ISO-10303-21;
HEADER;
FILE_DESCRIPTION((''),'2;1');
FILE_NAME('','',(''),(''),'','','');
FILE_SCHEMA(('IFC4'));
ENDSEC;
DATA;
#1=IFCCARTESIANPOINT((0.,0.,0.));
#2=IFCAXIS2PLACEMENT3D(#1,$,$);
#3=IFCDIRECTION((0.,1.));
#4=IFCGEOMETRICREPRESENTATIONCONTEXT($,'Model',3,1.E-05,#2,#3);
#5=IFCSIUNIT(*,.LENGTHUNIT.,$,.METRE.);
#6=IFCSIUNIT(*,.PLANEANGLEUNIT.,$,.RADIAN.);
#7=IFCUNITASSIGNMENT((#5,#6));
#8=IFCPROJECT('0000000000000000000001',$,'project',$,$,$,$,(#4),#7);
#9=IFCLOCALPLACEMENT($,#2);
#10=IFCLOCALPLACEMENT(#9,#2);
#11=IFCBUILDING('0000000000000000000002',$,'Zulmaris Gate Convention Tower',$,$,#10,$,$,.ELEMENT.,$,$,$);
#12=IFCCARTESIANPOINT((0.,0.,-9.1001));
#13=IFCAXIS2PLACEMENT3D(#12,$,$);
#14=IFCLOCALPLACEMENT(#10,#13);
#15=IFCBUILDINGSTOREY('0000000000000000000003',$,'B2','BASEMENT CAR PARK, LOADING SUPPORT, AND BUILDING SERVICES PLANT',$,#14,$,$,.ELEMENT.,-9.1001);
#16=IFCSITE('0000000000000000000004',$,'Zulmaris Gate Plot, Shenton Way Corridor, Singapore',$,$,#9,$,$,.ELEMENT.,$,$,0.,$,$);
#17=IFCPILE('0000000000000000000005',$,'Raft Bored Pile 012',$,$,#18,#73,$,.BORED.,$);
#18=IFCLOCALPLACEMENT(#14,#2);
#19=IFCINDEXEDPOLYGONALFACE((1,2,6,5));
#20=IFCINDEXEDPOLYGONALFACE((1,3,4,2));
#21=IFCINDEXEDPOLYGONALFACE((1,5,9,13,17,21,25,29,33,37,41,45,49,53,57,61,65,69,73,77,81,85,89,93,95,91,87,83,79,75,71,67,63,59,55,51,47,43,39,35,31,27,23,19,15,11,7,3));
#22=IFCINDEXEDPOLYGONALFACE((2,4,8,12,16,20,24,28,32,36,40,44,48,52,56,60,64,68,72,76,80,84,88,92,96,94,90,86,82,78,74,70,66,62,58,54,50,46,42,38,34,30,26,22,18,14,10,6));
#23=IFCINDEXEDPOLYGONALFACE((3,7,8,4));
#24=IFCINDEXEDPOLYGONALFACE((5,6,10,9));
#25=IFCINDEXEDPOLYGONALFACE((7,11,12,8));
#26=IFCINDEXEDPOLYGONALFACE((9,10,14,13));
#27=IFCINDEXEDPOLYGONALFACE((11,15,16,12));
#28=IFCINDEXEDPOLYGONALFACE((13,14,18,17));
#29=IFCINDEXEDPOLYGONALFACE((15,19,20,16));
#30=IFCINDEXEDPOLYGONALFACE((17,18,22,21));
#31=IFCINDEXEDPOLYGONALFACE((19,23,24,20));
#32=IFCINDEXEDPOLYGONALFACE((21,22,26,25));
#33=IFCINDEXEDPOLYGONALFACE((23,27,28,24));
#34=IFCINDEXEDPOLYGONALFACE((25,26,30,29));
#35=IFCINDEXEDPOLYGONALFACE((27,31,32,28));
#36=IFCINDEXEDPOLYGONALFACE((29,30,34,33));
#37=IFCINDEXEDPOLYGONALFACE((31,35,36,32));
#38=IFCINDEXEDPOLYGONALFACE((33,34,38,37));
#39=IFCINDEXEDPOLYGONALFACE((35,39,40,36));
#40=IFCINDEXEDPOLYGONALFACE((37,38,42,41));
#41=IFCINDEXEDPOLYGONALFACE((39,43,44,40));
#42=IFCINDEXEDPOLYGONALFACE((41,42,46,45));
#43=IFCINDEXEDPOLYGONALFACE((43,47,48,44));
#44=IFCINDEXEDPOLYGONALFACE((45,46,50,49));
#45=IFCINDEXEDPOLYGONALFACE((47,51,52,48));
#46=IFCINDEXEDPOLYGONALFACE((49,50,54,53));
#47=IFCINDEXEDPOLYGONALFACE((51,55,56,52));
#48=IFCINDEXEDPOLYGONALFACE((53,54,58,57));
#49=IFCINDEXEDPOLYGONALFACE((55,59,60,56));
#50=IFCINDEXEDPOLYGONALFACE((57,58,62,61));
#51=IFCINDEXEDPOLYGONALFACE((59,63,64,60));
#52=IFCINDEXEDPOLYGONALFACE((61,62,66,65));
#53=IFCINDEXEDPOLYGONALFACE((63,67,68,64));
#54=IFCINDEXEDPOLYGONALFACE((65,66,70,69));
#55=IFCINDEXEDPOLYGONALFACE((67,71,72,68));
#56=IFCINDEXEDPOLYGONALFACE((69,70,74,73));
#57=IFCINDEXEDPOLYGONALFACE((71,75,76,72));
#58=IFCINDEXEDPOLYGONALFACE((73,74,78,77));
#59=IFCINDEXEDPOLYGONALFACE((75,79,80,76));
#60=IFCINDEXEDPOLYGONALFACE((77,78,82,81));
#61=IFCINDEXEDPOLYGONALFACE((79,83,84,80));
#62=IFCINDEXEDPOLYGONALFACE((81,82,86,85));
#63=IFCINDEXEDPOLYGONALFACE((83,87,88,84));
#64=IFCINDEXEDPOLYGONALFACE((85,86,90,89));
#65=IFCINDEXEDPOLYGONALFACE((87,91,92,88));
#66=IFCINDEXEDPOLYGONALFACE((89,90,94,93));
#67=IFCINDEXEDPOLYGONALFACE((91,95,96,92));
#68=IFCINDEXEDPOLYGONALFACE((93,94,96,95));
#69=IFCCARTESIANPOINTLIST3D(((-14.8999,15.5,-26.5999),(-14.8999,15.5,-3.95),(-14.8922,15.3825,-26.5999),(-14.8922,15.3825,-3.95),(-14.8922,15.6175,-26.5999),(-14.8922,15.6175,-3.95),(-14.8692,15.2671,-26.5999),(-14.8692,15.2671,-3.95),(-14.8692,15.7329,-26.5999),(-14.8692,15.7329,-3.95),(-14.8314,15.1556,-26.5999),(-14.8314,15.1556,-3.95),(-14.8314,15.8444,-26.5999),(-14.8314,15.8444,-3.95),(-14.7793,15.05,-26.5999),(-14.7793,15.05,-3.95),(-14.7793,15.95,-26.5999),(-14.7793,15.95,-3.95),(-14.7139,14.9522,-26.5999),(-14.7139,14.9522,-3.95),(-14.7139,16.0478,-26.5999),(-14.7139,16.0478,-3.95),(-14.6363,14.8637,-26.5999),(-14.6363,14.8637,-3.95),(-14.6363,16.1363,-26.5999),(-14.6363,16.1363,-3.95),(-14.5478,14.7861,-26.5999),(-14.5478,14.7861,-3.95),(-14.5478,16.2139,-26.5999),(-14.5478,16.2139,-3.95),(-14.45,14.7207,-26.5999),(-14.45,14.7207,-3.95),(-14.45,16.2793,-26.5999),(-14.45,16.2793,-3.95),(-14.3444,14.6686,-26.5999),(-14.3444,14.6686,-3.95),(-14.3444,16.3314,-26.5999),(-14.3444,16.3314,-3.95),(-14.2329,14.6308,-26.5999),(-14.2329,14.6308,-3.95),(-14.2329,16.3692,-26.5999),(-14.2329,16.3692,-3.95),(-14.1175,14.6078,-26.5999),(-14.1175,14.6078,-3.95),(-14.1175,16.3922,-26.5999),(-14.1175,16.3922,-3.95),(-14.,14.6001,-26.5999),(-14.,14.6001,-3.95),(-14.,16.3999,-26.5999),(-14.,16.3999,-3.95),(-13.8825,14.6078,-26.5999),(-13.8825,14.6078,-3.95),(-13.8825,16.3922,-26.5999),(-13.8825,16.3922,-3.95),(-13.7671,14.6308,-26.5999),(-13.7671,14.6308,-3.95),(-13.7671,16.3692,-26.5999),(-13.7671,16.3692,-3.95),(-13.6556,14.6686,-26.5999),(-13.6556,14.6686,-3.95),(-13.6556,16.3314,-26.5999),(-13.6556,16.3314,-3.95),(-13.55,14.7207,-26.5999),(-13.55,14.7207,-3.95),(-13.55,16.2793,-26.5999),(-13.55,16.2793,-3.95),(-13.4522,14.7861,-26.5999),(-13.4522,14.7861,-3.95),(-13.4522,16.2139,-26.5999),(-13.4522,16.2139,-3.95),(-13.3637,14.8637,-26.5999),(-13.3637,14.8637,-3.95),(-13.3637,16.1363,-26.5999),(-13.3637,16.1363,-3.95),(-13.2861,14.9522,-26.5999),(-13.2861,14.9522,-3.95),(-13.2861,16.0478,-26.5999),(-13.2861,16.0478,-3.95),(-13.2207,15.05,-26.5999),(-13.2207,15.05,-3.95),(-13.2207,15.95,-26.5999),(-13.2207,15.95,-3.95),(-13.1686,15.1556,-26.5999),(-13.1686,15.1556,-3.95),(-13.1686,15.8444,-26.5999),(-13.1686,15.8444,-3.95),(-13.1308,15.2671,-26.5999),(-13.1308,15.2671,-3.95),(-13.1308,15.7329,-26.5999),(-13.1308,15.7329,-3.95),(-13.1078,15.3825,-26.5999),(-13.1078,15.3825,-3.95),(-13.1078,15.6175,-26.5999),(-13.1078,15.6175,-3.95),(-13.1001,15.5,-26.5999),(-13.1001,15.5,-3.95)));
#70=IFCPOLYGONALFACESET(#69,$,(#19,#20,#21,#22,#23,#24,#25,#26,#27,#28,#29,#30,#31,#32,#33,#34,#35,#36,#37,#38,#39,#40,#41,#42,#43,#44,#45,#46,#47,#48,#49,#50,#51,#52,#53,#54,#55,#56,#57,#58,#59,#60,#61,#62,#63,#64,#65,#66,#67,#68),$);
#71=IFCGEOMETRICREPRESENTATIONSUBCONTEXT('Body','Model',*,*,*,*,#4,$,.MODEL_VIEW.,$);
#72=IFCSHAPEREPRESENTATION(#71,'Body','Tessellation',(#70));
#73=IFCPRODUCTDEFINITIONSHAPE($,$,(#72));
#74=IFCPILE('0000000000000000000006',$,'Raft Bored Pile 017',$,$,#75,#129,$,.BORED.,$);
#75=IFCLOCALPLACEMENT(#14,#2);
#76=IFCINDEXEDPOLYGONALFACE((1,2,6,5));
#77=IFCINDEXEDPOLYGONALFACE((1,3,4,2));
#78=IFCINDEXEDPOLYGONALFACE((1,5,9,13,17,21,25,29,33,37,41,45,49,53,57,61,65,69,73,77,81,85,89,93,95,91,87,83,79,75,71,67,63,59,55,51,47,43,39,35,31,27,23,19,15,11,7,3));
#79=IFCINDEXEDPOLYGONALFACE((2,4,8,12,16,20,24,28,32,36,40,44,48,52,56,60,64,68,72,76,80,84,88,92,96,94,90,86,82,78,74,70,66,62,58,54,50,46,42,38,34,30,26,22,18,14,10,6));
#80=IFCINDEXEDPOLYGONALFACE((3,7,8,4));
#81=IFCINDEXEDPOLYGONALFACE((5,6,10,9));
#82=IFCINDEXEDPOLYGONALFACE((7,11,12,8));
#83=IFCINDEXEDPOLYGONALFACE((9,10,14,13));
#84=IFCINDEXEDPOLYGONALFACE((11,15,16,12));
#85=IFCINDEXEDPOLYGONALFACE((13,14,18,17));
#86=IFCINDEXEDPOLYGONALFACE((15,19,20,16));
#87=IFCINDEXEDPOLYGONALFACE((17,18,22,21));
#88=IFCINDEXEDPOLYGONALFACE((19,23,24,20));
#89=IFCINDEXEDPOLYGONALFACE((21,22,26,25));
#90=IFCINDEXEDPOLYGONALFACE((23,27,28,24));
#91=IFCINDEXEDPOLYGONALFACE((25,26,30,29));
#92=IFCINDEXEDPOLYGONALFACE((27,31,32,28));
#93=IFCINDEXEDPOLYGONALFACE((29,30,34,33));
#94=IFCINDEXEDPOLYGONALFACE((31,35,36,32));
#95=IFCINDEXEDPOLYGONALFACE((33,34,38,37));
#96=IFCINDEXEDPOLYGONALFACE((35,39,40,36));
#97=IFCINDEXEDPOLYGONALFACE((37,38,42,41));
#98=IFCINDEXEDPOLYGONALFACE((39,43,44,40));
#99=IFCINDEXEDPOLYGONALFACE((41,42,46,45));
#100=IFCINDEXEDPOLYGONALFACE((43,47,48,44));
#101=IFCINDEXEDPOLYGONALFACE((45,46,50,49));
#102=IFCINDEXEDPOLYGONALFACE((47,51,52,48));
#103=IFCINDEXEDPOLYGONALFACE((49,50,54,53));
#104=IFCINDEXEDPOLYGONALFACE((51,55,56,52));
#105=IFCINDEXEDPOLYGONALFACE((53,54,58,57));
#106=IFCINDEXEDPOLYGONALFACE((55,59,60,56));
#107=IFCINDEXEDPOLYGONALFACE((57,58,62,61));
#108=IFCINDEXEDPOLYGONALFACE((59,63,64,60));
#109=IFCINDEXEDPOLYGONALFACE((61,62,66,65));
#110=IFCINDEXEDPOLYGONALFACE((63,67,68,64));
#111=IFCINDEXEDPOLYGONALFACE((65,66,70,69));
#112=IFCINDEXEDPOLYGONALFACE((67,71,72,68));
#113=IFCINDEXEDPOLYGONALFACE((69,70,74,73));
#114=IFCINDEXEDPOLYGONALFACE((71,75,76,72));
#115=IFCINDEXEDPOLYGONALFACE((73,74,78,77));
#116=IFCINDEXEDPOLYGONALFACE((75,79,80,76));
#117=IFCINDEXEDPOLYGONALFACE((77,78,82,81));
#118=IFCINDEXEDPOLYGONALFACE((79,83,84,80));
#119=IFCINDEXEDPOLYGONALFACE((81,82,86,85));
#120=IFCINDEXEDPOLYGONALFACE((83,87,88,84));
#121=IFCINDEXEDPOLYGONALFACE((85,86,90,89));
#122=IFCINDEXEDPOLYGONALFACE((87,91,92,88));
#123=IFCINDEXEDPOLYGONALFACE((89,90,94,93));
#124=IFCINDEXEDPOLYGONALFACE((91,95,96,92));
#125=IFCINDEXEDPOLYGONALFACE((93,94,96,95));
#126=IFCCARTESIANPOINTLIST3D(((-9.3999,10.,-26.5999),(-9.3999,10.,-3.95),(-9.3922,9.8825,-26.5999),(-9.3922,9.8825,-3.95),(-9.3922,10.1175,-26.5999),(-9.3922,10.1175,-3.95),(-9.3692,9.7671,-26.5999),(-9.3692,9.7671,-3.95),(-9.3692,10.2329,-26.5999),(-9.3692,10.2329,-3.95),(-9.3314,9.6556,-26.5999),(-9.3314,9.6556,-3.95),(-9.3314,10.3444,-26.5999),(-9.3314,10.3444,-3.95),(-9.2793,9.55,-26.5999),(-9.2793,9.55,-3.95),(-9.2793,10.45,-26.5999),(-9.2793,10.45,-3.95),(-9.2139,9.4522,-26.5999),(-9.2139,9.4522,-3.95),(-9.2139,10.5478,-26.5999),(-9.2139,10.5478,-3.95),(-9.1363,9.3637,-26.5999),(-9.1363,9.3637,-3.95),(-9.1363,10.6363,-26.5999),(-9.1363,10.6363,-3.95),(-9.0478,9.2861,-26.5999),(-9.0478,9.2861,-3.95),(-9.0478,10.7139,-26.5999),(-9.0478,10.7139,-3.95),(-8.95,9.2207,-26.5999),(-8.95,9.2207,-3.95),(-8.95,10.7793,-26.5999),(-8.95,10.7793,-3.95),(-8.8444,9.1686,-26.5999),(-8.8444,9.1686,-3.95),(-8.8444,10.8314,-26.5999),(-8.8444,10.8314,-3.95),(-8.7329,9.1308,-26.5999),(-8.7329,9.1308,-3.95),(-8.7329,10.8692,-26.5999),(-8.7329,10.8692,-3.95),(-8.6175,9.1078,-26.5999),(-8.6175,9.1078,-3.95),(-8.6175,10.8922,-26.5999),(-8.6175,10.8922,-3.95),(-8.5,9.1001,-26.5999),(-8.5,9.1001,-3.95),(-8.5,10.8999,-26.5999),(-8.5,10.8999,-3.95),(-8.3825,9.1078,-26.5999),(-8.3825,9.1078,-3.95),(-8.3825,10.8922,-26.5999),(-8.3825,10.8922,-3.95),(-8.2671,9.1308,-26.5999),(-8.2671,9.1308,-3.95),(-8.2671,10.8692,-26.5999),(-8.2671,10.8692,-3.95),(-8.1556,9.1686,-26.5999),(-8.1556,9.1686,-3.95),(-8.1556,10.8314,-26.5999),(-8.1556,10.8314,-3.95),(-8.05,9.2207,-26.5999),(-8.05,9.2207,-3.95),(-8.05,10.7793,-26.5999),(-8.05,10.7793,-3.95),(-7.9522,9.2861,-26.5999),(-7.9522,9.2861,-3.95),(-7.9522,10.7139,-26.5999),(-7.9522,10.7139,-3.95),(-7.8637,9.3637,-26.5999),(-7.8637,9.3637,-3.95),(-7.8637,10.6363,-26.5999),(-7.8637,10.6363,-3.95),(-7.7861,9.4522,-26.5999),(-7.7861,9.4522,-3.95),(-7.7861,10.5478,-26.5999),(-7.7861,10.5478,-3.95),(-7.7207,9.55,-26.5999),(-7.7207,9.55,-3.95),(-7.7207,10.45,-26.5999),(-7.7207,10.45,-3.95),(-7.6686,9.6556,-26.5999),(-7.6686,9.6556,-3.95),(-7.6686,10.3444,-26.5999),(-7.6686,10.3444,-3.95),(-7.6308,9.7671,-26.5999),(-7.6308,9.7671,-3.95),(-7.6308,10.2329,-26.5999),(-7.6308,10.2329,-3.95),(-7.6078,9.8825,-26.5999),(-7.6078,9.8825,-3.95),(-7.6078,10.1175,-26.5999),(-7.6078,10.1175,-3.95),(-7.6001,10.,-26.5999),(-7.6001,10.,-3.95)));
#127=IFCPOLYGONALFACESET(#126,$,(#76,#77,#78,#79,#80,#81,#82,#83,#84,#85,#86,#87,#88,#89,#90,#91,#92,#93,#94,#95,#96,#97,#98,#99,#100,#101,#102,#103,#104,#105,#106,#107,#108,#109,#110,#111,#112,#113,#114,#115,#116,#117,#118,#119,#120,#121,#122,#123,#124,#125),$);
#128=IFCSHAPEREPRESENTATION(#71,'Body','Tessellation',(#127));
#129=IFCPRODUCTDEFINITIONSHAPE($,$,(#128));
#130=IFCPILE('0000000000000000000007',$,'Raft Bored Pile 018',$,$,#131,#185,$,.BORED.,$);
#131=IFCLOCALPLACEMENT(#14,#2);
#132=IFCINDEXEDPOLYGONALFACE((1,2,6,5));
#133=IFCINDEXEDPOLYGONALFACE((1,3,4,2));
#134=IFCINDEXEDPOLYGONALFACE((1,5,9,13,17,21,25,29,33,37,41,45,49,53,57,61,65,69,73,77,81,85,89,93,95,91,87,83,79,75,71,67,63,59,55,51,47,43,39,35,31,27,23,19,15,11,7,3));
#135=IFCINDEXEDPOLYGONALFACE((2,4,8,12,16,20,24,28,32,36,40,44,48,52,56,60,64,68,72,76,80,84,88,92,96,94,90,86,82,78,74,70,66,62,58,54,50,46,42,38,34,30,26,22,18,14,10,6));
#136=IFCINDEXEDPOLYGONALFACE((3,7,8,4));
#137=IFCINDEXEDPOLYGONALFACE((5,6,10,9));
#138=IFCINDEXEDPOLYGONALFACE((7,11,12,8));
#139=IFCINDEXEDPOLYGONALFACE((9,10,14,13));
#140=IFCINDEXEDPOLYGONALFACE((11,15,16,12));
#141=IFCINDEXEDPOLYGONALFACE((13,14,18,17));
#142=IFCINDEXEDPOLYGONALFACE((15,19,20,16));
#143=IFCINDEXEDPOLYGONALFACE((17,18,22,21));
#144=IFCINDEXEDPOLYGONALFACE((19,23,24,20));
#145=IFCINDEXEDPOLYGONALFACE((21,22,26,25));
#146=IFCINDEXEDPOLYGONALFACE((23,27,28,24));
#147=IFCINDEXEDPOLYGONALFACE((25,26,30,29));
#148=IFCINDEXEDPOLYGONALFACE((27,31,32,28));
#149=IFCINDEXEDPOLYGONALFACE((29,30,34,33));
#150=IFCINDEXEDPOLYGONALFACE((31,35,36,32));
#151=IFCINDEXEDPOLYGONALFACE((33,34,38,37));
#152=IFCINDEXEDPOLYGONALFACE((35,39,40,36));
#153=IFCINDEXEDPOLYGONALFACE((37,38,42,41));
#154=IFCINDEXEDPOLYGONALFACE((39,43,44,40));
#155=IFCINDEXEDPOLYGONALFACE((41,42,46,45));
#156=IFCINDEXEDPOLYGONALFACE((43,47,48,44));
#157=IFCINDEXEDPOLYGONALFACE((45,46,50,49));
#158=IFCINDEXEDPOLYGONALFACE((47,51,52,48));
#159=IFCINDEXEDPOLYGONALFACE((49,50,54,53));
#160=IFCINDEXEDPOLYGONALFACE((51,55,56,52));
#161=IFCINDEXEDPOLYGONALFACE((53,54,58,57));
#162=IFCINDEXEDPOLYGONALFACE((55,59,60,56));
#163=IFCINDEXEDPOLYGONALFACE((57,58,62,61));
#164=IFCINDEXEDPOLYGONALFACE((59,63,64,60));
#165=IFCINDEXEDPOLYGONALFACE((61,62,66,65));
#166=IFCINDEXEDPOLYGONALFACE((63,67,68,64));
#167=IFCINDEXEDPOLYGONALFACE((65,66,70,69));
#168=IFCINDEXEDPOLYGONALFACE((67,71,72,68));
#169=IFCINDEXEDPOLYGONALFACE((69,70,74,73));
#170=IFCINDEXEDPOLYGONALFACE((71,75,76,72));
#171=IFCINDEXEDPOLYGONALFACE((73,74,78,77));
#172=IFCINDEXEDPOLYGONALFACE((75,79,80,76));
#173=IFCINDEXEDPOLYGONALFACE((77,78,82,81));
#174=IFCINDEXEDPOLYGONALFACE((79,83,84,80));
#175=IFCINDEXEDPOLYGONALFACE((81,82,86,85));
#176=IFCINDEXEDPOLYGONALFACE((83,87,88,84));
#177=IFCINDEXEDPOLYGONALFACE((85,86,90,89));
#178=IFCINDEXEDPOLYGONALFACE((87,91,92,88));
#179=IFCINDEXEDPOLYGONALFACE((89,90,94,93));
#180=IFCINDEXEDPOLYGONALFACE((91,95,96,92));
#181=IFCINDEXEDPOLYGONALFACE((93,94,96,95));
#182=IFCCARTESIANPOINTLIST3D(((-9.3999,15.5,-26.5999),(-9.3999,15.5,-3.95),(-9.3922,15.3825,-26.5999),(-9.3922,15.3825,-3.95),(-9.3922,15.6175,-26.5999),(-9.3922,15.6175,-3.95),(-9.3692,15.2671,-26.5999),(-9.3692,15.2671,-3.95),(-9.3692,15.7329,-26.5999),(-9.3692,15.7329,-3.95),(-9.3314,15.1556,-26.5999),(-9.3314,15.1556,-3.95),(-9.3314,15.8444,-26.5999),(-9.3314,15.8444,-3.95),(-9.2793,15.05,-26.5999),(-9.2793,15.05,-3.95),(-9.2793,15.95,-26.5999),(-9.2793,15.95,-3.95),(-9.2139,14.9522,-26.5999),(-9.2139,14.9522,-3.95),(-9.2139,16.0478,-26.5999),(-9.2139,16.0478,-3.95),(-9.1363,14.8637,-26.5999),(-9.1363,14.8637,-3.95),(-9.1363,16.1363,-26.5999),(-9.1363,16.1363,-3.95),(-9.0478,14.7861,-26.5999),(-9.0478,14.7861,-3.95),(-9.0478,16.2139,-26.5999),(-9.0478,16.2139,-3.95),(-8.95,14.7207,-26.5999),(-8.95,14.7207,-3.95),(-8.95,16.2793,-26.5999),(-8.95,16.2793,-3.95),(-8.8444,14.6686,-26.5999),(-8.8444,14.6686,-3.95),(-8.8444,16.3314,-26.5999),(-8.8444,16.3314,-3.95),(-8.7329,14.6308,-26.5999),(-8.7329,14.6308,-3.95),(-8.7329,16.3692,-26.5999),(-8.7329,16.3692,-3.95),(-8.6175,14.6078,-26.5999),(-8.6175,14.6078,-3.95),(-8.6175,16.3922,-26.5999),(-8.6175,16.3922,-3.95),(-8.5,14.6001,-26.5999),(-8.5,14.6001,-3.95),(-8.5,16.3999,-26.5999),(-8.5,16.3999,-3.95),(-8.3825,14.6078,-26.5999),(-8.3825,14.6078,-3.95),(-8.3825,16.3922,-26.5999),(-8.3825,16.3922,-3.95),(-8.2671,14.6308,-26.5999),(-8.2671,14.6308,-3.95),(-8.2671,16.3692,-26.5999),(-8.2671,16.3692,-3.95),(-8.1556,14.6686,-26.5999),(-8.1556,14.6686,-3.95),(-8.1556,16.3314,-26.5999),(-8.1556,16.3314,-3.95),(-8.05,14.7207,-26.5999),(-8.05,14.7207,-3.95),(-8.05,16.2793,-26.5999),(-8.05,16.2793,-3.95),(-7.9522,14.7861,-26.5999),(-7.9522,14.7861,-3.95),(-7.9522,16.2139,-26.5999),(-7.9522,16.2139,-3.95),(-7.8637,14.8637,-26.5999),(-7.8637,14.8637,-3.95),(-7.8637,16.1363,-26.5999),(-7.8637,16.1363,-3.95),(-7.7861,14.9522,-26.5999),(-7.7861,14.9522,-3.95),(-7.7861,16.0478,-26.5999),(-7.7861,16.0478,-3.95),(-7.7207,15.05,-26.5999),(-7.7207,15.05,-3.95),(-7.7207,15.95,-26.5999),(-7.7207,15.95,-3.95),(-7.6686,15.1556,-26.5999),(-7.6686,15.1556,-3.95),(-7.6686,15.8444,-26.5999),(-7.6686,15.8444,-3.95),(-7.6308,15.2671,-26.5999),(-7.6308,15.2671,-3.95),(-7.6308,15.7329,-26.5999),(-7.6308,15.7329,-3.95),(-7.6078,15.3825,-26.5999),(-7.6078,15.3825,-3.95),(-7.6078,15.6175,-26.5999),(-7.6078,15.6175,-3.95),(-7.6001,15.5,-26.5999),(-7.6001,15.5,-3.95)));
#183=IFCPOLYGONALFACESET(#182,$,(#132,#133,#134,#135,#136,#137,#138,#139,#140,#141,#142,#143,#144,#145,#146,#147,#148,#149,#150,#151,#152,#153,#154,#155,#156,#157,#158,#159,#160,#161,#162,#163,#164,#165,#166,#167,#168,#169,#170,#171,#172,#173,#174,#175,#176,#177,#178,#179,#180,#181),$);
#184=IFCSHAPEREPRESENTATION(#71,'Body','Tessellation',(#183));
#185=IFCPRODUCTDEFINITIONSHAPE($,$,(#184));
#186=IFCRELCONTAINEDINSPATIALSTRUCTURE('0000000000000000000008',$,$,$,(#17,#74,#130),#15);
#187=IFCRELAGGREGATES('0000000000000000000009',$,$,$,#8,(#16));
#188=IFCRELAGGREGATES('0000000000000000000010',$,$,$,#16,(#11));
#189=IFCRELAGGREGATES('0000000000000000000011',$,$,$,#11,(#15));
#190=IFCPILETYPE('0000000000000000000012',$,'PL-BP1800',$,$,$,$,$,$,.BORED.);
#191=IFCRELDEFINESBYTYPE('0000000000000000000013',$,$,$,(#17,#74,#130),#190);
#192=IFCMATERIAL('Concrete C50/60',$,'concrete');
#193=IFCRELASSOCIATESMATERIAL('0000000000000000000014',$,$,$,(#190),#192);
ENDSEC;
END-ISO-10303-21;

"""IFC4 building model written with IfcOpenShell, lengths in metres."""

from ifc_helpers import new_model, si_unit, direction, frame, origin, origin_2d, place, context, subcontext, project, spatial, circle, extrude, material, material_profile, profile_set, type_object, element, save


model = new_model("IFC4")

# Units and contexts
model_context = context("Model", 3, precision=1e-05, world=origin(), true_north=direction((0.0, 1.0)))
body_context = subcontext(model_context, "Body", "Model", "MODEL_VIEW")
ifc_project = project(units=[si_unit("LENGTHUNIT", "METRE"), si_unit("PLANEANGLEUNIT", "RADIAN")], contexts=[model_context])

# Site, building, storey
site_placement = place(None, origin())
site = spatial("IfcSite", under=ifc_project, at=site_placement, Name="Zulmaris Gate Plot, Shenton Way Corridor, Singapore", CompositionType="ELEMENT", RefElevation=0.0)
building_placement = place(site_placement, origin())
building = spatial("IfcBuilding", under=site, at=building_placement, Name="Zulmaris Gate Convention Tower", CompositionType="ELEMENT")
storey_placement = place(building_placement, frame((0.0, 0.0, -9.1001)))
storey = spatial("IfcBuildingStorey", under=building, at=storey_placement, Name="B2", Description="BASEMENT CAR PARK, LOADING SUPPORT, AND BUILDING SERVICES PLANT", CompositionType="ELEMENT", Elevation=-9.1001)

# Shared definitions
ifc_material_1 = material(Name="Concrete C50/60", Category="concrete")

# Piles
ifc_material_profile_1 = material_profile(ifc_material_1, circle(Radius=0.8999, at=origin_2d()), Name="BORED PILE 1800")
ifc_profile_set_1 = profile_set([ifc_material_profile_1], Name="Concrete C50/60")
pile_type = type_object("IfcPileType", Name="PL-BP1800", PredefinedType="BORED", material=ifc_profile_set_1)
for number, where, z_axis, x_axis, name in (
    (1, (-14.0, 15.5, -3.95), (0.0, 0.0, -1.0), (1.0, 0.0, 0.0), "Raft Bored Pile 012"),
    (2, (-8.5, 10.0, -3.95), (0.0, 0.0, -1.0), (1.0, 0.0, 0.0), "Raft Bored Pile 017"),
    (3, (-8.5, 15.5, -3.95), (0.0, 0.0, -1.0), (1.0, 0.0, 0.0), "Raft Bored Pile 018"),
):
    element("IfcPile", number, at=place(storey_placement, frame(where, z_axis=z_axis, x_axis=x_axis)), inside=storey, type_object=pile_type, Name=name, PredefinedType="BORED", context=body_context, shape_type="SweptSolid", body=[
        extrude(circle(Radius=0.8999, at=origin_2d()), origin(), (0.0, 0.0, 1.0), 22.6499),
    ])

save(model, "model.ifc")
